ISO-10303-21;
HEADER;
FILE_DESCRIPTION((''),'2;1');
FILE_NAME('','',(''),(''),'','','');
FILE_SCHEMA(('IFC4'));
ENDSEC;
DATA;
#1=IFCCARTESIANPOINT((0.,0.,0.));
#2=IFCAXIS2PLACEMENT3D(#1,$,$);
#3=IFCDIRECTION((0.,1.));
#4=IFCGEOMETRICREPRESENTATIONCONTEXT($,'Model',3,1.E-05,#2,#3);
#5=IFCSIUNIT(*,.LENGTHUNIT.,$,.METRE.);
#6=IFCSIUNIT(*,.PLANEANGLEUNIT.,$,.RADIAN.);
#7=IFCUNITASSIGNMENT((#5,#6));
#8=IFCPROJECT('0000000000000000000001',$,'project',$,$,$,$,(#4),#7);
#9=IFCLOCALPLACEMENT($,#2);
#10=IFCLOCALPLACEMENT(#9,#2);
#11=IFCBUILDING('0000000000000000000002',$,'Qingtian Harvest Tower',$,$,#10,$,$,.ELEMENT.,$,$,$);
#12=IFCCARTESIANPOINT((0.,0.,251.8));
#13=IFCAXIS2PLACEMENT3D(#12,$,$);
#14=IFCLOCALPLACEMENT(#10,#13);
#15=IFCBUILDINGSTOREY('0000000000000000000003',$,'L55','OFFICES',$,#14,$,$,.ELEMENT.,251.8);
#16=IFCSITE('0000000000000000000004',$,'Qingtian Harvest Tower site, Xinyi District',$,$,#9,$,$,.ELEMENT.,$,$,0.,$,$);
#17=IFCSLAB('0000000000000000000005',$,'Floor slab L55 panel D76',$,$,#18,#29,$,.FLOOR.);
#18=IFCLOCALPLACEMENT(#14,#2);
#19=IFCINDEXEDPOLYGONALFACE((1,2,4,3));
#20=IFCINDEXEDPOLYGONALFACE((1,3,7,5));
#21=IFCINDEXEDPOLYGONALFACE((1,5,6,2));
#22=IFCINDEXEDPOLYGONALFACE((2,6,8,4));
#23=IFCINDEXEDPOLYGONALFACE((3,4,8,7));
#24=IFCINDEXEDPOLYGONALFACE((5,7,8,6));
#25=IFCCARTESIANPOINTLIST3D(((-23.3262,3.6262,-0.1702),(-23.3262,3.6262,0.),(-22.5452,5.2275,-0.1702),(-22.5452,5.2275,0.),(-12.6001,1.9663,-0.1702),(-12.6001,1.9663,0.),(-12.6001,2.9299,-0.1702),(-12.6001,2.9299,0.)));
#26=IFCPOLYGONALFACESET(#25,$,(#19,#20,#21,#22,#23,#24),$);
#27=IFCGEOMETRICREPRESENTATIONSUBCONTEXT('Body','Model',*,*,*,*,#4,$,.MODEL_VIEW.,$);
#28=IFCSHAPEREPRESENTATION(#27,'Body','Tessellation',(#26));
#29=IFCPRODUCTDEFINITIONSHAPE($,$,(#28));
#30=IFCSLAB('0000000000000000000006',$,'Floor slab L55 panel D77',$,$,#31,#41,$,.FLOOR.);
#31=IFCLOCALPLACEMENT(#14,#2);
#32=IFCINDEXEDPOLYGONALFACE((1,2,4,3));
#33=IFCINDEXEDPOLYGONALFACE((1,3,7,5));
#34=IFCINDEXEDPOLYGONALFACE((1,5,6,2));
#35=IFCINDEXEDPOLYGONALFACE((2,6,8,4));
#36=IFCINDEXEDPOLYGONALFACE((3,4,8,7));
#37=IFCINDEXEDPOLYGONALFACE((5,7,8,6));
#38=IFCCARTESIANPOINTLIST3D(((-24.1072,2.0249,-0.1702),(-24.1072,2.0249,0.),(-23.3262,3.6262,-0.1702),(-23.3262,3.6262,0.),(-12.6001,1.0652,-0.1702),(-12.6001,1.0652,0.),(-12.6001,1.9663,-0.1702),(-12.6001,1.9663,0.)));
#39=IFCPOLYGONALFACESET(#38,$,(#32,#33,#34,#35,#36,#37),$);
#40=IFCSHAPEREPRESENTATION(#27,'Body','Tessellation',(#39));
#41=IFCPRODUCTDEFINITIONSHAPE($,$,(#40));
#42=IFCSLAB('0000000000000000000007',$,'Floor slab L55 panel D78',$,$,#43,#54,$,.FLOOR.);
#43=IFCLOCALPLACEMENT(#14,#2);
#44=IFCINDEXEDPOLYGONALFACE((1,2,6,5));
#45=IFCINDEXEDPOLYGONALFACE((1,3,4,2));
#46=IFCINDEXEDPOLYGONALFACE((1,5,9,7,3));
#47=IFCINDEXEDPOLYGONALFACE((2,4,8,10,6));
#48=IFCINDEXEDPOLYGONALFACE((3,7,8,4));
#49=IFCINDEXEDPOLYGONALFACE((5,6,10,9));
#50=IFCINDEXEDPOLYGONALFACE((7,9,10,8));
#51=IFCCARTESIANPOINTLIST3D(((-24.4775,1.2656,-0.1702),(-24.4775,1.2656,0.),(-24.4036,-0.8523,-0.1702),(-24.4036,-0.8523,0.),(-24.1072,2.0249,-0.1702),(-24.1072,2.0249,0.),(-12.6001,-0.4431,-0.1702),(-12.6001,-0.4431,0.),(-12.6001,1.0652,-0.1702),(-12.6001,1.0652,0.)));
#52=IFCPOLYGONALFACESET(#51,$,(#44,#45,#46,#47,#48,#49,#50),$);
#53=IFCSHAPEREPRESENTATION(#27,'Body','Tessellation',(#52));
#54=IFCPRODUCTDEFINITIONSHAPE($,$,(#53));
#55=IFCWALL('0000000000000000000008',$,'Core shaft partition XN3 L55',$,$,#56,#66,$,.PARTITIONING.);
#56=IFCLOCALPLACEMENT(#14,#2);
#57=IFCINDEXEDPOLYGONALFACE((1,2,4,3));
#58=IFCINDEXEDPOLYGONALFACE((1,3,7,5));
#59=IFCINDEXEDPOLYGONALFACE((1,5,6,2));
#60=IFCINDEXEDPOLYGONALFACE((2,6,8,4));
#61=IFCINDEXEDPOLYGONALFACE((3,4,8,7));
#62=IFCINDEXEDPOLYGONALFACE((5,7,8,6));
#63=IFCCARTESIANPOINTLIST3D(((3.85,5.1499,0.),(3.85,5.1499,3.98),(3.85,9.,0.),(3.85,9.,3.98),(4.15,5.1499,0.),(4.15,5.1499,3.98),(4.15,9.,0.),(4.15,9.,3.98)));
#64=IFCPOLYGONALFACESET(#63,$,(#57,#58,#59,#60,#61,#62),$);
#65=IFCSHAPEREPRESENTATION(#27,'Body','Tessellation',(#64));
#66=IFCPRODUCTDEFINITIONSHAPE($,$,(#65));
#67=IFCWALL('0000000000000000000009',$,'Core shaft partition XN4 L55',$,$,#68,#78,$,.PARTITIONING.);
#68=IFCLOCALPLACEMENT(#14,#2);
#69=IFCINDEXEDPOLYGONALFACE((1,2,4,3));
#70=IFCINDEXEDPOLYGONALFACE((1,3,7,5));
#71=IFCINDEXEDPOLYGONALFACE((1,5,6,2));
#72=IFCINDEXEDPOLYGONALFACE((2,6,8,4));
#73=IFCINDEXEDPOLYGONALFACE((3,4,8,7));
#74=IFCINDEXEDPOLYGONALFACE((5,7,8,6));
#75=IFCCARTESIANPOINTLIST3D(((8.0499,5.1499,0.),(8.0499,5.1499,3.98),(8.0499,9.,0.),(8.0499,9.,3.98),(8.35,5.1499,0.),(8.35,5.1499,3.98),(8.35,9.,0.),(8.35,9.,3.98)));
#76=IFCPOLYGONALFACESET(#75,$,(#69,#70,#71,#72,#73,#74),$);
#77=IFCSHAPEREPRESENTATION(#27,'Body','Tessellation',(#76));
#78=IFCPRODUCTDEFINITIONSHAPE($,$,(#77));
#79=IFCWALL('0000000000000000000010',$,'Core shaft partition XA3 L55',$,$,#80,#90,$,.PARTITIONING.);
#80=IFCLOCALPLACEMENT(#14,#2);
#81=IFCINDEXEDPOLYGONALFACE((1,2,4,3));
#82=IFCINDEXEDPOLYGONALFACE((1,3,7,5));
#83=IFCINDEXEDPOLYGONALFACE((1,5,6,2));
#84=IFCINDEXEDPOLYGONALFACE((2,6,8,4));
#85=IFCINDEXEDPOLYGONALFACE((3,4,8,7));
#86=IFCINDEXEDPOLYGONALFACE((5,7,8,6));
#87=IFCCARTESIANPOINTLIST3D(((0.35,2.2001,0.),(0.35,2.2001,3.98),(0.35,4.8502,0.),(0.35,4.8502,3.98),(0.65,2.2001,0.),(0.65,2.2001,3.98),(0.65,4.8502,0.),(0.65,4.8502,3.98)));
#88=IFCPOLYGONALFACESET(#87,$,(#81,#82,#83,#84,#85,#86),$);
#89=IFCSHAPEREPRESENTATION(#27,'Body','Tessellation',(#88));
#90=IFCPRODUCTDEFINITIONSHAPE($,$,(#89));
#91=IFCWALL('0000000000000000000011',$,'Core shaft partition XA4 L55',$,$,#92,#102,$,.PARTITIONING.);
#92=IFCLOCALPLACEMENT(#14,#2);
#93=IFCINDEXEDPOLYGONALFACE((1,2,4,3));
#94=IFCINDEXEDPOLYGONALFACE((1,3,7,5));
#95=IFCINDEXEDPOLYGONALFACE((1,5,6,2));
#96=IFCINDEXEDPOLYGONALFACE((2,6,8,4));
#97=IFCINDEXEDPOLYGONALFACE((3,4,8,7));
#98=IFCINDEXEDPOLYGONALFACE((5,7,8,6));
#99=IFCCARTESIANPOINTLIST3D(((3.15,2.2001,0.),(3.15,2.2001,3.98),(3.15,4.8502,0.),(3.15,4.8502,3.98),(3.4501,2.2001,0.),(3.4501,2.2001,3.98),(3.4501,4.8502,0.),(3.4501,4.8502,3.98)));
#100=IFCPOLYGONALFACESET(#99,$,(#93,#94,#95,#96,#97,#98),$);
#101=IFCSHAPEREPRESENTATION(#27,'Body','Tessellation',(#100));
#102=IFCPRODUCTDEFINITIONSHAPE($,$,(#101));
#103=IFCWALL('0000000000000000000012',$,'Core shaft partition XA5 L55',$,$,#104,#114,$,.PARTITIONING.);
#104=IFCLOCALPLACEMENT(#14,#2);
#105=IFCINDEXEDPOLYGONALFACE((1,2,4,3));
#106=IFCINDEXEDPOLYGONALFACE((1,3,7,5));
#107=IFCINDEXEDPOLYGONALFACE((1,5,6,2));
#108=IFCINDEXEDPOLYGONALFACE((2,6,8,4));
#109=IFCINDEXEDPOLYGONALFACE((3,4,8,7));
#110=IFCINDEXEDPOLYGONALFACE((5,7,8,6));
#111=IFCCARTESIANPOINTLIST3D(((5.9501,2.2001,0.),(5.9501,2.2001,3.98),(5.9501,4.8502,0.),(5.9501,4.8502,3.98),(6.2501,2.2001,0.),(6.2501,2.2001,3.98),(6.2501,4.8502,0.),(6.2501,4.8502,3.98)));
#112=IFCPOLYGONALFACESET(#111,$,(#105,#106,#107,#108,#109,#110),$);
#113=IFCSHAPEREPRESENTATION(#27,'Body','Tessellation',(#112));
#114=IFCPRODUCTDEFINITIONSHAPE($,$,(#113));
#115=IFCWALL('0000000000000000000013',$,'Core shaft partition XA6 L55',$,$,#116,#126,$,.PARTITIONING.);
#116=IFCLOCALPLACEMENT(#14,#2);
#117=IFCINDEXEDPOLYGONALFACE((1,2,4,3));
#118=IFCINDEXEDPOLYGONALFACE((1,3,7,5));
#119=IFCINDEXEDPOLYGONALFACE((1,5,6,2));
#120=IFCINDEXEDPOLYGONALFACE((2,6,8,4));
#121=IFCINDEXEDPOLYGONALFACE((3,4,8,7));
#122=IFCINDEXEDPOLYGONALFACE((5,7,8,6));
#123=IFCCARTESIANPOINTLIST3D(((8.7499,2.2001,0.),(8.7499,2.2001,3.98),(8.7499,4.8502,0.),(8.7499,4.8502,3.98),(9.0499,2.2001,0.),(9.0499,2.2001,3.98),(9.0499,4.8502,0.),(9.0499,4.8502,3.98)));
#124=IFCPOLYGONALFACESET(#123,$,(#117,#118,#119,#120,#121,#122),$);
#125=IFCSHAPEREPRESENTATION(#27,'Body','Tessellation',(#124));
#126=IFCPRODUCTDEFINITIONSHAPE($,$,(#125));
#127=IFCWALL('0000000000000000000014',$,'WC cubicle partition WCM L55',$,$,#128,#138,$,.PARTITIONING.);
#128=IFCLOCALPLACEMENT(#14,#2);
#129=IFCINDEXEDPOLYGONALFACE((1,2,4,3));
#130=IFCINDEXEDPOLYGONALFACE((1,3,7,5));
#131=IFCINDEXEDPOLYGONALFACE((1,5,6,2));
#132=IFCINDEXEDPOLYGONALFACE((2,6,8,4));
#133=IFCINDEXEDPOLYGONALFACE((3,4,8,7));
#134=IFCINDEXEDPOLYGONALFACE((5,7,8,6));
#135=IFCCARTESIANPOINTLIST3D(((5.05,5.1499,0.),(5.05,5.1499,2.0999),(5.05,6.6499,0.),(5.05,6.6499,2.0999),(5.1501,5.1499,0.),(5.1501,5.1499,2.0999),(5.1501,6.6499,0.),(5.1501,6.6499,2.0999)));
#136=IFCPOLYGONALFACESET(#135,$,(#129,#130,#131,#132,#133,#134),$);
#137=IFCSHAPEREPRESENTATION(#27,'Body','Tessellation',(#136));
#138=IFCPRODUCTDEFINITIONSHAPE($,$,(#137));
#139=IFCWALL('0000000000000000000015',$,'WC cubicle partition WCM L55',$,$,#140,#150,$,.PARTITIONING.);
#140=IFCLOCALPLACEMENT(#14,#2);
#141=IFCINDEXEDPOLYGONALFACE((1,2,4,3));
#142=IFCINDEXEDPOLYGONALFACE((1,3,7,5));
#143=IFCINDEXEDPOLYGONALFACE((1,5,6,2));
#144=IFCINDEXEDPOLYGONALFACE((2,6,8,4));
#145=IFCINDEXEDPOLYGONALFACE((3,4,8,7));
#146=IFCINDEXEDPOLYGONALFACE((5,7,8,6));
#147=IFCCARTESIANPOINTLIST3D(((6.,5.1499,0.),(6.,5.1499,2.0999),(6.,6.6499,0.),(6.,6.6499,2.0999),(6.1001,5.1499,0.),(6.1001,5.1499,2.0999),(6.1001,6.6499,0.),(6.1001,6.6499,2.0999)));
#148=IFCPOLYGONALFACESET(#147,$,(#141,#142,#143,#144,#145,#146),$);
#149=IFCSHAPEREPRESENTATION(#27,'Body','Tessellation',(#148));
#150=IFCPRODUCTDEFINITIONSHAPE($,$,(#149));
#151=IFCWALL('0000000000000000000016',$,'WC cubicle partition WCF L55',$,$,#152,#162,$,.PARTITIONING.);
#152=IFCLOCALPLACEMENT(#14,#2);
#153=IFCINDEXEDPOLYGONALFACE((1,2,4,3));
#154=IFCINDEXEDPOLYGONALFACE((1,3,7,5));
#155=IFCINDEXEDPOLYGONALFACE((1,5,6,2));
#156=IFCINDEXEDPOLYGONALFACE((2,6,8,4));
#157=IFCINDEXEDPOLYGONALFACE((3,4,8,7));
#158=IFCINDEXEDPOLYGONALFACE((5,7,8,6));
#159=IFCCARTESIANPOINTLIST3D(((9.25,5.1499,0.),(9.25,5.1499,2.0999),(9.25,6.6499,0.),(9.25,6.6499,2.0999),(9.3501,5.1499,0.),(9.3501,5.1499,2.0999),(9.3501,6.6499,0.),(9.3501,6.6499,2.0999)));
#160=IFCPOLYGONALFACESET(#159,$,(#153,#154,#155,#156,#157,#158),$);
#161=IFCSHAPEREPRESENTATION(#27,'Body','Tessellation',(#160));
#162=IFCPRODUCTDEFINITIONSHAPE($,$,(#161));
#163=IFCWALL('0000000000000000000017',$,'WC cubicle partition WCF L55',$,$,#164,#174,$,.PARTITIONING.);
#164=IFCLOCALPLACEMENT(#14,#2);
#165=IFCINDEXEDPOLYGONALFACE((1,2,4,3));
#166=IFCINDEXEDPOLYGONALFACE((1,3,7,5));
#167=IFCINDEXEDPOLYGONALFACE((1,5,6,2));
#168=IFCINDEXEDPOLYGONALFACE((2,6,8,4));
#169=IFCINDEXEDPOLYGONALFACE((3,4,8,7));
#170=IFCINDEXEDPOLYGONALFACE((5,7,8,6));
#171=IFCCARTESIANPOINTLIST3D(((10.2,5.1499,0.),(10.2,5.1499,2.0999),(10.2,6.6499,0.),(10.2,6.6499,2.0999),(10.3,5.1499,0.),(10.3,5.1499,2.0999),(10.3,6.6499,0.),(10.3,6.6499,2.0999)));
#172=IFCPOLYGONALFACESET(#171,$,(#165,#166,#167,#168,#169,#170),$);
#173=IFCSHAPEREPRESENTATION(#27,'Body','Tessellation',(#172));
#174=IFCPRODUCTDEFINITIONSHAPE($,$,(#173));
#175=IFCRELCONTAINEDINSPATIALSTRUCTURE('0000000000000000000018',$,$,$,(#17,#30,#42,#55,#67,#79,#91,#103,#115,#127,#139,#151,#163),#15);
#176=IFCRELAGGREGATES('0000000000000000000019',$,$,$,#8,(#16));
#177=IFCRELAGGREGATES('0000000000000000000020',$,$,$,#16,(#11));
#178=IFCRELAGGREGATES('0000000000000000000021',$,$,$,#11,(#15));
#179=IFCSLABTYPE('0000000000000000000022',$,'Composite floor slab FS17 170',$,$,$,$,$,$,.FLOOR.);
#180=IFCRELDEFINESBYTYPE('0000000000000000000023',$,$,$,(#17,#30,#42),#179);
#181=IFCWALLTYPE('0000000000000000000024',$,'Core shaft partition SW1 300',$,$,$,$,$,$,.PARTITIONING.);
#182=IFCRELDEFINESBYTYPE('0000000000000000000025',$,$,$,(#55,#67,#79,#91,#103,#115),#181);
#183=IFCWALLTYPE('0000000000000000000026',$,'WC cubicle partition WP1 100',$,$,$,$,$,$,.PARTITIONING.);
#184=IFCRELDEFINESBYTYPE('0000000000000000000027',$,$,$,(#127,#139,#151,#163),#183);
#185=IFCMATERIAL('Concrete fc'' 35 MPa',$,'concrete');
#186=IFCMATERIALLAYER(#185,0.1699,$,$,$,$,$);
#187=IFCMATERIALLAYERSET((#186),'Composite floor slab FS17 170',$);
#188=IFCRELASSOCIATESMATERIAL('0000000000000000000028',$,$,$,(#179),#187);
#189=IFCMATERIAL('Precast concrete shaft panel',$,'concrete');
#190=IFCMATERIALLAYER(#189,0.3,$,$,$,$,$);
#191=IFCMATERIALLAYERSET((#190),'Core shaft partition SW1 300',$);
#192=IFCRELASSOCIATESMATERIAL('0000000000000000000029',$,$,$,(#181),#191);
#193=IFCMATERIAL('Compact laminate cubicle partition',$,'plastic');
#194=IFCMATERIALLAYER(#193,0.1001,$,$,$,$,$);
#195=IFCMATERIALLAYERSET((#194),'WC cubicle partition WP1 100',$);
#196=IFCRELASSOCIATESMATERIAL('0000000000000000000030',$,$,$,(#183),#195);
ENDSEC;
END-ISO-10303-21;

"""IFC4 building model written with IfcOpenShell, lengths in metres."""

from ifc_helpers import new_model, si_unit, direction, frame, frame_2d, origin, place, context, subcontext, project, spatial, polyline, rectangle, outline, extrude, material, layer, layer_set, type_object, element, save


model = new_model("IFC4")

# Units and contexts
model_context = context("Model", 3, precision=1e-05, world=origin(), true_north=direction((0.0, 1.0)))
body_context = subcontext(model_context, "Body", "Model", "MODEL_VIEW")
ifc_project = project(units=[si_unit("LENGTHUNIT", "METRE"), si_unit("PLANEANGLEUNIT", "RADIAN")], contexts=[model_context])

# Site, building, storey
site_placement = place(None, origin())
site = spatial("IfcSite", under=ifc_project, at=site_placement, Name="Qingtian Harvest Tower site, Xinyi District", CompositionType="ELEMENT", RefElevation=0.0)
building_placement = place(site_placement, origin())
building = spatial("IfcBuilding", under=site, at=building_placement, Name="Qingtian Harvest Tower", CompositionType="ELEMENT")
storey_placement = place(building_placement, frame((0.0, 0.0, 251.8)))
storey = spatial("IfcBuildingStorey", under=building, at=storey_placement, Name="L55", Description="OFFICES", CompositionType="ELEMENT", Elevation=251.8)

# Slabs
ifc_material_1 = material(Name="Concrete fc' 35 MPa", Category="concrete")
ifc_layer_1 = layer(ifc_material_1, 0.1699)
ifc_layer_set_1 = layer_set([ifc_layer_1], Name="Composite floor slab FS17 170")
slab_type = type_object("IfcSlabType", Name="Composite floor slab FS17 170", PredefinedType="FLOOR", material=ifc_layer_set_1)
slab_1_placement = place(storey_placement, frame((0.0, 0.0, -0.1702)))
element("IfcSlab", 1, at=slab_1_placement, inside=storey, type_object=slab_type, Name="Floor slab L55 panel D76", PredefinedType="FLOOR", context=body_context, shape_type="SweptSolid", body=[
    extrude(outline(polyline([(-12.6001, 1.9663), (-23.3262, 3.6262), (-22.5452, 5.2275), (-12.6001, 2.9299), (-12.6001, 1.9663)])), origin(), (0.0, 0.0, 1.0), 0.1702),
])
slab_2_placement = place(storey_placement, frame((0.0, 0.0, -0.1702)))
element("IfcSlab", 2, at=slab_2_placement, inside=storey, type_object=slab_type, Name="Floor slab L55 panel D77", PredefinedType="FLOOR", context=body_context, shape_type="SweptSolid", body=[
    extrude(outline(polyline([(-12.6001, 1.0652), (-24.1072, 2.0249), (-23.3262, 3.6262), (-12.6001, 1.9663), (-12.6001, 1.0652)])), origin(), (0.0, 0.0, 1.0), 0.1702),
])
slab_3_placement = place(storey_placement, frame((0.0, 0.0, -0.1702)))
element("IfcSlab", 3, at=slab_3_placement, inside=storey, type_object=slab_type, Name="Floor slab L55 panel D78", PredefinedType="FLOOR", context=body_context, shape_type="SweptSolid", body=[
    extrude(outline(polyline([(-12.6001, 1.0652), (-12.6001, -0.4431), (-24.4036, -0.8523), (-24.4775, 1.2656), (-24.1072, 2.0249), (-12.6001, 1.0652)])), origin(), (0.0, 0.0, 1.0), 0.1702),
])

# Shared definitions
ifc_material_2 = material(Name="Precast concrete shaft panel", Category="concrete")
ifc_layer_2 = layer(ifc_material_2, 0.3)
ifc_layer_set_2 = layer_set([ifc_layer_2], Name="Core shaft partition SW1 300")
wall_type_1 = type_object("IfcWallType", Name="Core shaft partition SW1 300", PredefinedType="PARTITIONING", material=ifc_layer_set_2)

# Walls
for number, where, z_axis, x_axis, name in (
    (4, (4.0, 5.1499, 0.0), (0.0, 0.0, 1.0), (0.0, 1.0, 0.0), "Core shaft partition XN3 L55"),
    (5, (8.2, 5.1499, 0.0), (0.0, 0.0, 1.0), (0.0, 1.0, 0.0), "Core shaft partition XN4 L55"),
):
    element("IfcWall", number, at=place(storey_placement, frame(where, z_axis=z_axis, x_axis=x_axis)), inside=storey, type_object=wall_type_1, Name=name, PredefinedType="PARTITIONING", context=body_context, shape_type="SweptSolid", body=[
        extrude(rectangle(XDim=3.8501, YDim=0.3, at=frame_2d((1.925, 0.0))), origin(), (0.0, 0.0, 1.0), 3.98),
    ])
for number, where, z_axis, x_axis, name in (
    (6, (0.5, 2.2, 0.0), (0.0, 0.0, 1.0), (0.0, 1.0, 0.0), "Core shaft partition XA3 L55"),
    (7, (3.3, 2.2, 0.0), (0.0, 0.0, 1.0), (0.0, 1.0, 0.0), "Core shaft partition XA4 L55"),
    (8, (6.1001, 2.2, 0.0), (0.0, 0.0, 1.0), (0.0, 1.0, 0.0), "Core shaft partition XA5 L55"),
    (9, (8.8999, 2.2, 0.0), (0.0, 0.0, 1.0), (0.0, 1.0, 0.0), "Core shaft partition XA6 L55"),
):
    element("IfcWall", number, at=place(storey_placement, frame(where, z_axis=z_axis, x_axis=x_axis)), inside=storey, type_object=wall_type_1, Name=name, PredefinedType="PARTITIONING", context=body_context, shape_type="SweptSolid", body=[
        extrude(rectangle(XDim=2.6501, YDim=0.3, at=frame_2d((1.3252, 0.0))), origin(), (0.0, 0.0, 1.0), 3.98),
    ])
ifc_material_3 = material(Name="Compact laminate cubicle partition", Category="plastic")
ifc_layer_3 = layer(ifc_material_3, 0.1001)
ifc_layer_set_3 = layer_set([ifc_layer_3], Name="WC cubicle partition WP1 100")
wall_type_2 = type_object("IfcWallType", Name="WC cubicle partition WP1 100", PredefinedType="PARTITIONING", material=ifc_layer_set_3)
for number, where, z_axis, x_axis, name in (
    (10, (5.1001, 5.1499, 0.0), (0.0, 0.0, 1.0), (0.0, 1.0, 0.0), "WC cubicle partition WCM L55"),
    (11, (6.05, 5.1499, 0.0), (0.0, 0.0, 1.0), (0.0, 1.0, 0.0), "WC cubicle partition WCM L55"),
    (12, (9.3, 5.1499, 0.0), (0.0, 0.0, 1.0), (0.0, 1.0, 0.0), "WC cubicle partition WCF L55"),
    (13, (10.25, 5.1499, 0.0), (0.0, 0.0, 1.0), (0.0, 1.0, 0.0), "WC cubicle partition WCF L55"),
):
    element("IfcWall", number, at=place(storey_placement, frame(where, z_axis=z_axis, x_axis=x_axis)), inside=storey, type_object=wall_type_2, Name=name, PredefinedType="PARTITIONING", context=body_context, shape_type="SweptSolid", body=[
        extrude(rectangle(XDim=1.5, YDim=0.1001, at=frame_2d((0.75, 0.0))), origin(), (0.0, 0.0, 1.0), 2.0999),
    ])

save(model, "model.ifc")
